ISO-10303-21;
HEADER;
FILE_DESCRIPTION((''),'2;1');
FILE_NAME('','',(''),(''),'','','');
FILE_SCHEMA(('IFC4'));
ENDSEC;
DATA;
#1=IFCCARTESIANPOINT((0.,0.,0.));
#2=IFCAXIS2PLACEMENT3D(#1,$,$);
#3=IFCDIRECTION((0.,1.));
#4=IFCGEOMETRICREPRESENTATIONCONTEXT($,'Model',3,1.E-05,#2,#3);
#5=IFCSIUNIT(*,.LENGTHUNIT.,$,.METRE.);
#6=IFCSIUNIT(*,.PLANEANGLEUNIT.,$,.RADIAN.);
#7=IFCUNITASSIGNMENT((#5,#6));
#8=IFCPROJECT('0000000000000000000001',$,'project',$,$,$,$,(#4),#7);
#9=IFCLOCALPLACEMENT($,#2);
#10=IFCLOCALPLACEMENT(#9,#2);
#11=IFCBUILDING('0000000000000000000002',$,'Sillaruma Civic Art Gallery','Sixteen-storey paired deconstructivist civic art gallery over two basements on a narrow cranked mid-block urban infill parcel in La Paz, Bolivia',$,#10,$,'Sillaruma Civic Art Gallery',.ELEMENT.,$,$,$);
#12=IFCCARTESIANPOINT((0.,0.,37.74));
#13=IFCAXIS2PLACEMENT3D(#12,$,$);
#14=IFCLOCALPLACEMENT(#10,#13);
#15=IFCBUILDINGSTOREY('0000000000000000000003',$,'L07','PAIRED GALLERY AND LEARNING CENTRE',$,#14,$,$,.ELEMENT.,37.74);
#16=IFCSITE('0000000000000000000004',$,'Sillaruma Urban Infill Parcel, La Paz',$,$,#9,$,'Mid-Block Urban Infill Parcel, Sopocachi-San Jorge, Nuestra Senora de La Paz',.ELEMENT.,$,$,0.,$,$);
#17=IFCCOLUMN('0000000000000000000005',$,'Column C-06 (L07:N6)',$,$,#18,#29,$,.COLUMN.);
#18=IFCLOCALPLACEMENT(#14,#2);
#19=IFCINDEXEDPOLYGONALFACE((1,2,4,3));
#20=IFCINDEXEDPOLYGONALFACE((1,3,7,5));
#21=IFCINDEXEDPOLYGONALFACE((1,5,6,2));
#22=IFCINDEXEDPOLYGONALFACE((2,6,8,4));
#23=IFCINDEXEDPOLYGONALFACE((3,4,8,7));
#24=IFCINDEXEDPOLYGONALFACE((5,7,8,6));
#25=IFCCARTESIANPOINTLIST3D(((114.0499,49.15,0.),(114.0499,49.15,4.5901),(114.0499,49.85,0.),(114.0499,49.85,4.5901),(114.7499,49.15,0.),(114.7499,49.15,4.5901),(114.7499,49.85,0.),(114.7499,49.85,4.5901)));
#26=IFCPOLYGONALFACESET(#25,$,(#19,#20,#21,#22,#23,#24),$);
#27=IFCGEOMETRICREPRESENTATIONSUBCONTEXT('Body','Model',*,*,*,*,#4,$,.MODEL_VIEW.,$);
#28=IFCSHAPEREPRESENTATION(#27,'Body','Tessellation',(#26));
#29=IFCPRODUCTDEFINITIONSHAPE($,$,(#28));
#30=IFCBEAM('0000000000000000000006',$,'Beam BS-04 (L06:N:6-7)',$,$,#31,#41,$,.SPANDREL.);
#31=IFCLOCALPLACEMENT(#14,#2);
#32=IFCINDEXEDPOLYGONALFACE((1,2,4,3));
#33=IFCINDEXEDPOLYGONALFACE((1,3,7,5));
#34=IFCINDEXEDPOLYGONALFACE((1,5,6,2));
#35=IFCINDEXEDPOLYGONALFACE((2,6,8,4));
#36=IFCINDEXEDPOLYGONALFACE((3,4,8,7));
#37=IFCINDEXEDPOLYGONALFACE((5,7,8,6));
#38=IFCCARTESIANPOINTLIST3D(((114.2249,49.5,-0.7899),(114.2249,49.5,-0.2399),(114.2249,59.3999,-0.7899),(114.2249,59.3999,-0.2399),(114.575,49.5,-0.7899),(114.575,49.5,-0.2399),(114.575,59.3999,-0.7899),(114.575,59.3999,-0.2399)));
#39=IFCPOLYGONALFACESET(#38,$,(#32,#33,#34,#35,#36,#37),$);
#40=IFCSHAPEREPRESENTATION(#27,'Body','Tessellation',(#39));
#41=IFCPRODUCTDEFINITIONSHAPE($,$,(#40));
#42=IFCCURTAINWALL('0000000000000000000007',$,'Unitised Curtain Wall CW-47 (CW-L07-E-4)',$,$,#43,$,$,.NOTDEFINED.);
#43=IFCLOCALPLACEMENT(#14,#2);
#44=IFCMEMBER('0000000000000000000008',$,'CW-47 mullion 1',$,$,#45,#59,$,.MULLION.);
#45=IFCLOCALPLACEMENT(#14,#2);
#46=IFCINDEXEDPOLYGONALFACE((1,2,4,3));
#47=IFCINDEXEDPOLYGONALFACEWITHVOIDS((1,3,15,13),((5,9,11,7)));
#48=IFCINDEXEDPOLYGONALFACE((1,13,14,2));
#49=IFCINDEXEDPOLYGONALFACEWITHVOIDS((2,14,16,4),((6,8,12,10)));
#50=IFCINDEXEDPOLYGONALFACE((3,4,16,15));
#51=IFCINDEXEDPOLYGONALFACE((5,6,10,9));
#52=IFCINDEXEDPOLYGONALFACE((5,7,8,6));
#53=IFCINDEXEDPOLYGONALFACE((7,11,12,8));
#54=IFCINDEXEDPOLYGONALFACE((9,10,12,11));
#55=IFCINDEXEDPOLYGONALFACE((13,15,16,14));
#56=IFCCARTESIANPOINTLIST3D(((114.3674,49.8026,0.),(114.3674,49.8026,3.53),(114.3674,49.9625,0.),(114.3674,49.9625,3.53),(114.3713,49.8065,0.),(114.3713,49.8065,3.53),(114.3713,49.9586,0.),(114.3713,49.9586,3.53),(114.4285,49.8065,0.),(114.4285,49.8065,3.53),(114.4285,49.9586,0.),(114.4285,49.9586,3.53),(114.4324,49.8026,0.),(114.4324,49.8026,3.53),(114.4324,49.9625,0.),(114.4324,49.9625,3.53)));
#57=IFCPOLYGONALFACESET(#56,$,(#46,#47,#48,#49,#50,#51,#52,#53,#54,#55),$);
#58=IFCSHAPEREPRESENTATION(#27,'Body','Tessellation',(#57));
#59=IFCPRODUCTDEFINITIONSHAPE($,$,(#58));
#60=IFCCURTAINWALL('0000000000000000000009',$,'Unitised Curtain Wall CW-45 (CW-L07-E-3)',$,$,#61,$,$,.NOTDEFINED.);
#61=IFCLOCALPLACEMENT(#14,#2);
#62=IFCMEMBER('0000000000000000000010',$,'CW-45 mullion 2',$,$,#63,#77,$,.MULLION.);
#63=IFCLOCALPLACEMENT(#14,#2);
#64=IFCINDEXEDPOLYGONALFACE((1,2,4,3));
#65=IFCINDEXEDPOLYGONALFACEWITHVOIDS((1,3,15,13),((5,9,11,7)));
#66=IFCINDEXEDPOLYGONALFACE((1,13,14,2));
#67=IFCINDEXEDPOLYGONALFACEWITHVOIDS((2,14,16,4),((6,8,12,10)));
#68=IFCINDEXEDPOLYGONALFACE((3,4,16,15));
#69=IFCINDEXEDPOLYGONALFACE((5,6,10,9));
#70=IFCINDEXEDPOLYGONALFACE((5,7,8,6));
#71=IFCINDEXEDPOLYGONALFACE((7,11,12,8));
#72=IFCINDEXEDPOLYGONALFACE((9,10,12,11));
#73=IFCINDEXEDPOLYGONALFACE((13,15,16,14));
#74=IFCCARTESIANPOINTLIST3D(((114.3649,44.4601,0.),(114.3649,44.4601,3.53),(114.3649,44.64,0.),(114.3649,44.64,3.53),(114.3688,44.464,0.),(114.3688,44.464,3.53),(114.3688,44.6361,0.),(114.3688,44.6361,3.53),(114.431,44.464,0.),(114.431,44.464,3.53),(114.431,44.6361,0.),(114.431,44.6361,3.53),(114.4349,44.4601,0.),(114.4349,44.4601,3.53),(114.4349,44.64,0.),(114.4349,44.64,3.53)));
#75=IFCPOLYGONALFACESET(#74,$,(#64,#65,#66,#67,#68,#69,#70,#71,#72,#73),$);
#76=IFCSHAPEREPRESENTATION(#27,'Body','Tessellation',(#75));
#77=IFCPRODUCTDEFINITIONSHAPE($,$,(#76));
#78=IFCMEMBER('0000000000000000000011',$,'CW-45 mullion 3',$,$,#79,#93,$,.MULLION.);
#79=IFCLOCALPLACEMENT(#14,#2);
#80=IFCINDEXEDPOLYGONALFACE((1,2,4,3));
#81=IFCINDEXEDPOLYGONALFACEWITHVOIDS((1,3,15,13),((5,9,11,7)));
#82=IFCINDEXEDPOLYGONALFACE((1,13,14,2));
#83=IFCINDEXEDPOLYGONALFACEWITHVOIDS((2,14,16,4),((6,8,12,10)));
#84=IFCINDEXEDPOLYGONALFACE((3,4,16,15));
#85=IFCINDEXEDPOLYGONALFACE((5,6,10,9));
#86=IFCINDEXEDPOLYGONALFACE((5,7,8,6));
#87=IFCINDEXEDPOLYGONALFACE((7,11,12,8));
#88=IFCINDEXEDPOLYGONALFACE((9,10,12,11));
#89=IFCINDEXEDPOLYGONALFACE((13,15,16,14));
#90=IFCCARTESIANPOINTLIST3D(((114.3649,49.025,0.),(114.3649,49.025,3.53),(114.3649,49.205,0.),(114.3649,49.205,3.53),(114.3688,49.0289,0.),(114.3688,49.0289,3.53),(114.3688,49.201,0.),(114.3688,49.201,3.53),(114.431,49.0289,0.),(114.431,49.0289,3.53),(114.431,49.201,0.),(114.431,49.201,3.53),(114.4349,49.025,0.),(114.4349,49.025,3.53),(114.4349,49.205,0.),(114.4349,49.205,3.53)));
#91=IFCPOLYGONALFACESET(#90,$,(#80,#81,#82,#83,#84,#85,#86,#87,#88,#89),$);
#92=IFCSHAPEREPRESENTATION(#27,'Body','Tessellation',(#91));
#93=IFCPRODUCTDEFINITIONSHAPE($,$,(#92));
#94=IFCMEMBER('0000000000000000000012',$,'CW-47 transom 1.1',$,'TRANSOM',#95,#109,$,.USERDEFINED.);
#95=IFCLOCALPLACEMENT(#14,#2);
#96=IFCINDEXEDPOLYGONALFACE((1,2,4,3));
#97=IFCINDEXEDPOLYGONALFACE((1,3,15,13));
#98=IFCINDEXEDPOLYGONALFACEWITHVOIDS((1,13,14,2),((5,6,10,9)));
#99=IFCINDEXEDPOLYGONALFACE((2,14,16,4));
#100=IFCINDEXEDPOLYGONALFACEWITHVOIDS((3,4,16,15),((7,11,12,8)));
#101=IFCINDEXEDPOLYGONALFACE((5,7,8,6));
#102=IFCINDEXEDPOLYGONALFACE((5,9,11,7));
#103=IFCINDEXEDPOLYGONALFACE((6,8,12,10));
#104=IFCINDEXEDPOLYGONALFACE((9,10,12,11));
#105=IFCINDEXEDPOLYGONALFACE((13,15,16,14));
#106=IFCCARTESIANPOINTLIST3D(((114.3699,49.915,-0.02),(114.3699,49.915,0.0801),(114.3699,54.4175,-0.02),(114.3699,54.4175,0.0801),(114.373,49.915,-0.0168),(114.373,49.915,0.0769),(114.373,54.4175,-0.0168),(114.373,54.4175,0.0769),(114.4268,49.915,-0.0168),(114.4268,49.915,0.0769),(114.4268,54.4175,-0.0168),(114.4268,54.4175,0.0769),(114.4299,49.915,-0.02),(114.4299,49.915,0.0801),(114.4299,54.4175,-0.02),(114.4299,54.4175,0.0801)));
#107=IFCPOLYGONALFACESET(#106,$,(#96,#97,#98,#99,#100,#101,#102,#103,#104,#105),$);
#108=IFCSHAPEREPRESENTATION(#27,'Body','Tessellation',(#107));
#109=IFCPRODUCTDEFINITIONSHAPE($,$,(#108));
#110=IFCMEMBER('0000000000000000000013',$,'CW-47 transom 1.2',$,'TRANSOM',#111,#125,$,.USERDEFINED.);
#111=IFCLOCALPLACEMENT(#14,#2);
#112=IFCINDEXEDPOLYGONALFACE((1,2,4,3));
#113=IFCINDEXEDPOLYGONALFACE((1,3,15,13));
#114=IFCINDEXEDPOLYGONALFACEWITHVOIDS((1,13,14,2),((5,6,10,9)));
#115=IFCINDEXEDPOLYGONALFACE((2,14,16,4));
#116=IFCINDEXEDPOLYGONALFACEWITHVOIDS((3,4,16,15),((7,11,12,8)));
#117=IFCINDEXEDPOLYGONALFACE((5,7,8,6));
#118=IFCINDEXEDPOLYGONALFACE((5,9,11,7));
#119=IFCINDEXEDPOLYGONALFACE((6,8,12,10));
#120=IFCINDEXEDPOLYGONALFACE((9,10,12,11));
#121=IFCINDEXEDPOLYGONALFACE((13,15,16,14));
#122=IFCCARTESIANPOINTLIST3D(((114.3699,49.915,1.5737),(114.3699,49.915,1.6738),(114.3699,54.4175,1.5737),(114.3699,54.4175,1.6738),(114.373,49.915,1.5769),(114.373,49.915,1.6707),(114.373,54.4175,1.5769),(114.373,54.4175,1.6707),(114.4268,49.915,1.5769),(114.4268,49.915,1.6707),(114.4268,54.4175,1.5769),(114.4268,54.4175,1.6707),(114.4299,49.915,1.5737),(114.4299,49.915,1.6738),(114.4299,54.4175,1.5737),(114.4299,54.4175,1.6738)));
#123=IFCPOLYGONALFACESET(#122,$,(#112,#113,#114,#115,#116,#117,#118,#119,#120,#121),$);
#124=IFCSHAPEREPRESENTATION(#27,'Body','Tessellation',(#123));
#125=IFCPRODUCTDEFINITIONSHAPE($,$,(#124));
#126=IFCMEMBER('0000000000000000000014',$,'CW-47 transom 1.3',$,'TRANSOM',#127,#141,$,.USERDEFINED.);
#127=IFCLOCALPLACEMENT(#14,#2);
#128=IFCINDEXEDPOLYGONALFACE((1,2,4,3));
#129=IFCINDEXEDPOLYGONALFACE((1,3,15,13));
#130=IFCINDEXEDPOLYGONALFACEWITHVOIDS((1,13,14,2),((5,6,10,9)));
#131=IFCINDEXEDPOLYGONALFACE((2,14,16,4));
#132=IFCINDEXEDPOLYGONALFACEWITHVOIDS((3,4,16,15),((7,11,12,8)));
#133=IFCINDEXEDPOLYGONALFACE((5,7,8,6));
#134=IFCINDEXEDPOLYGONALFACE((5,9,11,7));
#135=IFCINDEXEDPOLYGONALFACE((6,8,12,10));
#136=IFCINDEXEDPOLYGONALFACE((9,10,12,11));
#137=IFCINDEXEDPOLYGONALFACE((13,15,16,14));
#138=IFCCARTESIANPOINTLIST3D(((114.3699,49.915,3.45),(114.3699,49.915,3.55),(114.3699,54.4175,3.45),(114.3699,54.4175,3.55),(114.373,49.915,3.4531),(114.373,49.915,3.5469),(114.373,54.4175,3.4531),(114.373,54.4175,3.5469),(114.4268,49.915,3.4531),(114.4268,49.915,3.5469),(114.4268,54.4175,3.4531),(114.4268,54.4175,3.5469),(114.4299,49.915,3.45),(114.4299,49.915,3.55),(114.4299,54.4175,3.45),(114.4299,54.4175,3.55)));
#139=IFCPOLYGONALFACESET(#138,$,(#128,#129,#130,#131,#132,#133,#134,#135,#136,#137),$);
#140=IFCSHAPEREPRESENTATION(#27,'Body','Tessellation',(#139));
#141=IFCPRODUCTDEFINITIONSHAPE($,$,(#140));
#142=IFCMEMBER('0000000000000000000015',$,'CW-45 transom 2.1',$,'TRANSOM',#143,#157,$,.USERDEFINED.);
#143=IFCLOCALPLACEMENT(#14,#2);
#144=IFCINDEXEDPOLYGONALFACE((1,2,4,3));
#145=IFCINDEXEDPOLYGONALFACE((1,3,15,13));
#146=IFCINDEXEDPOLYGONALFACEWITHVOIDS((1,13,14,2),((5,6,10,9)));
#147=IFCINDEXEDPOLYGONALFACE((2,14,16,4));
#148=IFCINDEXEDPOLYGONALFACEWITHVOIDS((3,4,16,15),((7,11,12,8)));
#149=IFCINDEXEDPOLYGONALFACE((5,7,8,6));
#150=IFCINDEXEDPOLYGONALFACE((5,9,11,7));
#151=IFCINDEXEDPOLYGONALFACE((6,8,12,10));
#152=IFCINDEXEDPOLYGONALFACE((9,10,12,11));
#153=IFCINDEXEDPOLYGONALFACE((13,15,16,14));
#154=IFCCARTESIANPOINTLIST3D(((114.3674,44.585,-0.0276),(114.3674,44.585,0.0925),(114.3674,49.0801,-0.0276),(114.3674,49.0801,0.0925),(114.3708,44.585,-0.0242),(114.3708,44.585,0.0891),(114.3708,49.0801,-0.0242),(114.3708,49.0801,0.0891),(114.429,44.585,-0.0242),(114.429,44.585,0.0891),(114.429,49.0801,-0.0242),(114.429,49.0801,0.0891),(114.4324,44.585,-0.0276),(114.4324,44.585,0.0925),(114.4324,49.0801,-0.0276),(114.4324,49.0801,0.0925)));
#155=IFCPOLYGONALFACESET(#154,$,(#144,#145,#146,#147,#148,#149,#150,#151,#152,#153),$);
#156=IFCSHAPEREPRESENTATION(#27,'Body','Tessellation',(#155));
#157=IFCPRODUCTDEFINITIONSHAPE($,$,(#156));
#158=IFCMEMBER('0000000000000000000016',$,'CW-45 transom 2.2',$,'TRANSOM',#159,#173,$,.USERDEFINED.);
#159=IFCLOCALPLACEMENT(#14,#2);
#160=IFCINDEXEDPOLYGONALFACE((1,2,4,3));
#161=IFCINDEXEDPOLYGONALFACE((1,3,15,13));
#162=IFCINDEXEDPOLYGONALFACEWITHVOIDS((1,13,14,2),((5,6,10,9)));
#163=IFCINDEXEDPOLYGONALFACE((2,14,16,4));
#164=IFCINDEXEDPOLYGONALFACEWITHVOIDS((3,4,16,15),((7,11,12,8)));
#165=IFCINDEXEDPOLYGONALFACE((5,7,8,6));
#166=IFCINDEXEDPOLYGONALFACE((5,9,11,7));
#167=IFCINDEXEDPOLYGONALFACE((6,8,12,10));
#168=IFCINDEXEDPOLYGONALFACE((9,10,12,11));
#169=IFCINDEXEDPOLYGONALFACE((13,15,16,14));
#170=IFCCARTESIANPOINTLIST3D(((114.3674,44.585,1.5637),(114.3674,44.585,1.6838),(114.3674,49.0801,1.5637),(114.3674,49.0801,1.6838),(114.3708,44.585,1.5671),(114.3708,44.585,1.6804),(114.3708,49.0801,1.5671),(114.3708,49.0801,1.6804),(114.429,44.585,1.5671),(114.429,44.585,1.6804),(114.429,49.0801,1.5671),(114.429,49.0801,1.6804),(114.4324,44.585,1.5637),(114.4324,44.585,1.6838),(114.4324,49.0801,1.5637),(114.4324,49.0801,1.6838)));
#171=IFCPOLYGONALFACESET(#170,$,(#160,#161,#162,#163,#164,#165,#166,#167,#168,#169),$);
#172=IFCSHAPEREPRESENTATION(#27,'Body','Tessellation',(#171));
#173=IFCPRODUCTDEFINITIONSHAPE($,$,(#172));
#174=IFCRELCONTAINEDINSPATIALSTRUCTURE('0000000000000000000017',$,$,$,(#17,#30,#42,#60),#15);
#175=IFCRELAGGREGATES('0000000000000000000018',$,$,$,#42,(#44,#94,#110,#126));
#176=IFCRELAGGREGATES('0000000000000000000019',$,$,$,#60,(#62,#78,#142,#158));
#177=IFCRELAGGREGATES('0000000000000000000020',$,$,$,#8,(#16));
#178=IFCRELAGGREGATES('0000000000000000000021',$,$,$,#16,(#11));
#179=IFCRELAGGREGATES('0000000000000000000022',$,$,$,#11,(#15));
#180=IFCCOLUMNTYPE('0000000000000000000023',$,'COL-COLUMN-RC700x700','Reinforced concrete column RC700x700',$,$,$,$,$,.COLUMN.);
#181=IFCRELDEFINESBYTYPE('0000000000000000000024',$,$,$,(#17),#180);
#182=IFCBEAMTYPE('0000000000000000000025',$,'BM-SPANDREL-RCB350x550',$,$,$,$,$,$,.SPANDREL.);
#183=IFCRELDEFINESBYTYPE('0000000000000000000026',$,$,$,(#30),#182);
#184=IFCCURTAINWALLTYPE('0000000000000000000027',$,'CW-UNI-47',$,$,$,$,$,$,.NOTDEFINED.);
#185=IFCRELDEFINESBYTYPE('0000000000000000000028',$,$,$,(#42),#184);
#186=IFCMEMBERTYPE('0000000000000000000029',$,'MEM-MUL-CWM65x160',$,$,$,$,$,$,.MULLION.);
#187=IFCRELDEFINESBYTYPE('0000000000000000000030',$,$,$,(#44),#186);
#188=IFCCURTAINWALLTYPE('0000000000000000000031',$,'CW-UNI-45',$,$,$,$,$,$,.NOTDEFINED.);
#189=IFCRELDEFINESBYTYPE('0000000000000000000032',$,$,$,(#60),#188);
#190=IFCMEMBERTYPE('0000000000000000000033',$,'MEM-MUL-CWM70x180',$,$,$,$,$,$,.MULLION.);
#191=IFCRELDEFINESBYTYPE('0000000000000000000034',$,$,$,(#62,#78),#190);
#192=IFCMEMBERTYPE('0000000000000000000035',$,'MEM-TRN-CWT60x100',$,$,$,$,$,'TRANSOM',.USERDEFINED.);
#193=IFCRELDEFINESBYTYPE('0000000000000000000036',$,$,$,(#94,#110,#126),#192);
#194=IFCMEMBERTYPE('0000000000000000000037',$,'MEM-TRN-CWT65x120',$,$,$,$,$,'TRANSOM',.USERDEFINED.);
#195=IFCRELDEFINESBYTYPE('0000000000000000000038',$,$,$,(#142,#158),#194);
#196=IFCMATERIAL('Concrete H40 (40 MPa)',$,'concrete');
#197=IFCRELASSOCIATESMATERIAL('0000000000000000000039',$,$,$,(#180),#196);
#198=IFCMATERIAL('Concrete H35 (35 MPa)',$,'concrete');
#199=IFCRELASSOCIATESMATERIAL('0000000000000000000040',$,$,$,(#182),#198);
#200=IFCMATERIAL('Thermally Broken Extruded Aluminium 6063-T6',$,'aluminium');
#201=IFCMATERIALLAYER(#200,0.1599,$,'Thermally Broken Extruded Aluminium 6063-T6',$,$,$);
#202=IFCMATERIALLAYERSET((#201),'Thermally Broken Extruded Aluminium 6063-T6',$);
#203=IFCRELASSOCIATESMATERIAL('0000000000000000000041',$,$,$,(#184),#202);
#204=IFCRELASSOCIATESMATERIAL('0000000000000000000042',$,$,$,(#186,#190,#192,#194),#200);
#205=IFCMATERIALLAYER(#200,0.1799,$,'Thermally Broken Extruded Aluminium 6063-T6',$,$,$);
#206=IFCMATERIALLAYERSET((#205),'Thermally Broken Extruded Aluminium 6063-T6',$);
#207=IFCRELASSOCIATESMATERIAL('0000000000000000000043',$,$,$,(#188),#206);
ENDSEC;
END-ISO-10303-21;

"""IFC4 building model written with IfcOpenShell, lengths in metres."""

from ifc_helpers import new_model, si_unit, direction, frame, origin, origin_2d, place, context, subcontext, project, spatial, rectangle, hollow_rectangle, extrude, material, layer, layer_set, material_profile, profile_set, type_object, element, aggregate, save


model = new_model("IFC4")

# Units and contexts
model_context = context("Model", 3, precision=1e-05, world=origin(), true_north=direction((0.0, 1.0)))
body_context = subcontext(model_context, "Body", "Model", "MODEL_VIEW")
ifc_project = project(units=[si_unit("LENGTHUNIT", "METRE"), si_unit("PLANEANGLEUNIT", "RADIAN")], contexts=[model_context])

# Site, building, storey
site_placement = place(None, origin())
site = spatial("IfcSite", under=ifc_project, at=site_placement, Name="Sillaruma Urban Infill Parcel, La Paz", LongName="Mid-Block Urban Infill Parcel, Sopocachi-San Jorge, Nuestra Senora de La Paz", CompositionType="ELEMENT", RefElevation=0.0)
building_placement = place(site_placement, origin())
building = spatial("IfcBuilding", under=site, at=building_placement, Name="Sillaruma Civic Art Gallery", Description="Sixteen-storey paired deconstructivist civic art gallery over two basements on a narrow cranked mid-block urban infill parcel in La Paz, Bolivia", LongName="Sillaruma Civic Art Gallery", CompositionType="ELEMENT")
storey_placement = place(building_placement, frame((0.0, 0.0, 37.74)))
storey = spatial("IfcBuildingStorey", under=building, at=storey_placement, Name="L07", Description="PAIRED GALLERY AND LEARNING CENTRE", CompositionType="ELEMENT", Elevation=37.74)

# Column
ifc_material_1 = material(Name="Concrete H40 (40 MPa)", Category="concrete")
ifc_material_profile_1 = material_profile(ifc_material_1, rectangle(XDim=0.7, YDim=0.7, at=origin_2d()), Name="RC700x700")
ifc_profile_set_1 = profile_set([ifc_material_profile_1], Name="Concrete H40 (40 MPa)")
column_type = type_object("IfcColumnType", Name="COL-COLUMN-RC700x700", Description="Reinforced concrete column RC700x700", PredefinedType="COLUMN", material=ifc_profile_set_1)
column_placement = place(storey_placement, frame((114.3999, 49.5, 0.0), z_axis=(0.0, 0.0, 1.0), x_axis=(1.0, 0.0, 0.0)))
element("IfcColumn", 1, at=column_placement, inside=storey, type_object=column_type, Name="Column C-06 (L07:N6)", PredefinedType="COLUMN", context=body_context, shape_type="SweptSolid", body=[
    extrude(rectangle(XDim=0.7, YDim=0.7, at=origin_2d()), origin(), (0.0, 0.0, 1.0), 4.5901),
])

# Beam
ifc_material_2 = material(Name="Concrete H35 (35 MPa)", Category="concrete")
ifc_material_profile_2 = material_profile(ifc_material_2, rectangle(XDim=0.3501, YDim=0.55, at=origin_2d()), Name="RCB350x550")
ifc_profile_set_2 = profile_set([ifc_material_profile_2], Name="Concrete H35 (35 MPa)")
beam_type = type_object("IfcBeamType", Name="BM-SPANDREL-RCB350x550", PredefinedType="SPANDREL", material=ifc_profile_set_2)
beam_placement = place(storey_placement, frame((114.3999, 49.5, -0.5149), z_axis=(0.0, 1.0, 0.0), x_axis=(-1.0, 0.0, 0.0)))
element("IfcBeam", 2, at=beam_placement, inside=storey, type_object=beam_type, Name="Beam BS-04 (L06:N:6-7)", PredefinedType="SPANDREL", context=body_context, shape_type="SweptSolid", body=[
    extrude(rectangle(XDim=0.3501, YDim=0.55, at=origin_2d()), origin(), (0.0, 0.0, 1.0), 9.8999),
])

# Curtain wall, member
ifc_material_3 = material(Name="Thermally Broken Extruded Aluminium 6063-T6", Category="aluminium")
ifc_layer_1 = layer(ifc_material_3, 0.1599, Name="Thermally Broken Extruded Aluminium 6063-T6")
ifc_layer_set_1 = layer_set([ifc_layer_1], Name="Thermally Broken Extruded Aluminium 6063-T6")
curtain_wall_type_1 = type_object("IfcCurtainWallType", Name="CW-UNI-47", PredefinedType="NOTDEFINED", material=ifc_layer_set_1)
curtain_wall_1_placement = place(storey_placement, origin())
curtain_wall_1 = element("IfcCurtainWall", 3, at=curtain_wall_1_placement, inside=storey, type_object=curtain_wall_type_1, Name="Unitised Curtain Wall CW-47 (CW-L07-E-4)", PredefinedType="NOTDEFINED")
ifc_material_profile_3 = material_profile(ifc_material_3, hollow_rectangle(XDim=0.0649, YDim=0.1599, WallThickness=0.0039, at=origin_2d()), Name="CWM65x160")
ifc_profile_set_3 = profile_set([ifc_material_profile_3], Name="Thermally Broken Extruded Aluminium 6063-T6")
member_type_1 = type_object("IfcMemberType", Name="MEM-MUL-CWM65x160", PredefinedType="MULLION", material=ifc_profile_set_3)
member_1_placement = place(storey_placement, frame((114.3999, 49.8826, 0.0), z_axis=(0.0, 0.0, 1.0), x_axis=(-1.0, 0.0, 0.0)))
member_1 = element("IfcMember", 4, at=member_1_placement, type_object=member_type_1, Name="CW-47 mullion 1", PredefinedType="MULLION", context=body_context, shape_type="SweptSolid", body=[
    extrude(hollow_rectangle(XDim=0.0649, YDim=0.1599, WallThickness=0.0039, at=origin_2d()), origin(), (0.0, 0.0, 1.0), 3.53),
])

# Curtain wall, members
ifc_layer_2 = layer(ifc_material_3, 0.1799, Name="Thermally Broken Extruded Aluminium 6063-T6")
ifc_layer_set_2 = layer_set([ifc_layer_2], Name="Thermally Broken Extruded Aluminium 6063-T6")
curtain_wall_type_2 = type_object("IfcCurtainWallType", Name="CW-UNI-45", PredefinedType="NOTDEFINED", material=ifc_layer_set_2)
curtain_wall_2_placement = place(storey_placement, origin())
curtain_wall_2 = element("IfcCurtainWall", 5, at=curtain_wall_2_placement, inside=storey, type_object=curtain_wall_type_2, Name="Unitised Curtain Wall CW-45 (CW-L07-E-3)", PredefinedType="NOTDEFINED")
ifc_material_profile_4 = material_profile(ifc_material_3, hollow_rectangle(XDim=0.0701, YDim=0.1799, WallThickness=0.0039, at=origin_2d()), Name="CWM70x180")
ifc_profile_set_4 = profile_set([ifc_material_profile_4], Name="Thermally Broken Extruded Aluminium 6063-T6")
member_type_2 = type_object("IfcMemberType", Name="MEM-MUL-CWM70x180", PredefinedType="MULLION", material=ifc_profile_set_4)
member_2_placement = place(storey_placement, frame((114.3999, 44.55, 0.0), z_axis=(0.0, 0.0, 1.0), x_axis=(-1.0, 0.0, 0.0)))
member_2 = element("IfcMember", 6, at=member_2_placement, type_object=member_type_2, Name="CW-45 mullion 2", PredefinedType="MULLION", context=body_context, shape_type="SweptSolid", body=[
    extrude(hollow_rectangle(XDim=0.0701, YDim=0.1799, WallThickness=0.0039, at=origin_2d()), origin(), (0.0, 0.0, 1.0), 3.53),
])
member_3_placement = place(storey_placement, frame((114.3999, 49.115, 0.0), z_axis=(0.0, 0.0, 1.0), x_axis=(-1.0, 0.0, 0.0)))
member_3 = element("IfcMember", 7, at=member_3_placement, type_object=member_type_2, Name="CW-45 mullion 3", PredefinedType="MULLION", context=body_context, shape_type="SweptSolid", body=[
    extrude(hollow_rectangle(XDim=0.0701, YDim=0.1799, WallThickness=0.0039, at=origin_2d()), origin(), (0.0, 0.0, 1.0), 3.53),
])

# Members
ifc_material_profile_5 = material_profile(ifc_material_3, hollow_rectangle(XDim=0.0601, YDim=0.1001, WallThickness=0.0032, at=origin_2d()), Name="CWT60x100")
ifc_profile_set_5 = profile_set([ifc_material_profile_5], Name="Thermally Broken Extruded Aluminium 6063-T6")
member_type_3 = type_object("IfcMemberType", Name="MEM-TRN-CWT60x100", ElementType="TRANSOM", PredefinedType="USERDEFINED", material=ifc_profile_set_5)
member_4_placement = place(storey_placement, frame((114.3999, 49.915, 0.03), z_axis=(0.0, 1.0, 0.0), x_axis=(-1.0, 0.0, 0.0)))
member_4 = element("IfcMember", 8, at=member_4_placement, type_object=member_type_3, Name="CW-47 transom 1.1", ObjectType="TRANSOM", PredefinedType="USERDEFINED", context=body_context, shape_type="SweptSolid", body=[
    extrude(hollow_rectangle(XDim=0.0601, YDim=0.1001, WallThickness=0.0032, at=origin_2d()), origin(), (0.0, 0.0, 1.0), 4.5024),
])
member_5_placement = place(storey_placement, frame((114.3999, 49.915, 1.6238), z_axis=(0.0, 1.0, 0.0), x_axis=(-1.0, 0.0, 0.0)))
member_5 = element("IfcMember", 9, at=member_5_placement, type_object=member_type_3, Name="CW-47 transom 1.2", ObjectType="TRANSOM", PredefinedType="USERDEFINED", context=body_context, shape_type="SweptSolid", body=[
    extrude(hollow_rectangle(XDim=0.0601, YDim=0.1001, WallThickness=0.0032, at=origin_2d()), origin(), (0.0, 0.0, 1.0), 4.5024),
])
member_6_placement = place(storey_placement, frame((114.3999, 49.915, 3.5), z_axis=(0.0, 1.0, 0.0), x_axis=(-1.0, 0.0, 0.0)))
member_6 = element("IfcMember", 10, at=member_6_placement, type_object=member_type_3, Name="CW-47 transom 1.3", ObjectType="TRANSOM", PredefinedType="USERDEFINED", context=body_context, shape_type="SweptSolid", body=[
    extrude(hollow_rectangle(XDim=0.0601, YDim=0.1001, WallThickness=0.0032, at=origin_2d()), origin(), (0.0, 0.0, 1.0), 4.5024),
])
ifc_material_profile_6 = material_profile(ifc_material_3, hollow_rectangle(XDim=0.0649, YDim=0.1201, WallThickness=0.0034, at=origin_2d()), Name="CWT65x120")
ifc_profile_set_6 = profile_set([ifc_material_profile_6], Name="Thermally Broken Extruded Aluminium 6063-T6")
member_type_4 = type_object("IfcMemberType", Name="MEM-TRN-CWT65x120", ElementType="TRANSOM", PredefinedType="USERDEFINED", material=ifc_profile_set_6)
member_7_placement = place(storey_placement, frame((114.3999, 44.585, 0.0325), z_axis=(0.0, 1.0, 0.0), x_axis=(-1.0, 0.0, 0.0)))
member_7 = element("IfcMember", 11, at=member_7_placement, type_object=member_type_4, Name="CW-45 transom 2.1", ObjectType="TRANSOM", PredefinedType="USERDEFINED", context=body_context, shape_type="SweptSolid", body=[
    extrude(hollow_rectangle(XDim=0.0649, YDim=0.1201, WallThickness=0.0034, at=origin_2d()), origin(), (0.0, 0.0, 1.0), 4.4951),
])
member_8_placement = place(storey_placement, frame((114.3999, 44.585, 1.6238), z_axis=(0.0, 1.0, 0.0), x_axis=(-1.0, 0.0, 0.0)))
member_8 = element("IfcMember", 12, at=member_8_placement, type_object=member_type_4, Name="CW-45 transom 2.2", ObjectType="TRANSOM", PredefinedType="USERDEFINED", context=body_context, shape_type="SweptSolid", body=[
    extrude(hollow_rectangle(XDim=0.0649, YDim=0.1201, WallThickness=0.0034, at=origin_2d()), origin(), (0.0, 0.0, 1.0), 4.4951),
])

aggregate(curtain_wall_1, [member_1, member_4, member_5, member_6])
aggregate(curtain_wall_2, [member_2, member_3, member_7, member_8])

save(model, "model.ifc")
